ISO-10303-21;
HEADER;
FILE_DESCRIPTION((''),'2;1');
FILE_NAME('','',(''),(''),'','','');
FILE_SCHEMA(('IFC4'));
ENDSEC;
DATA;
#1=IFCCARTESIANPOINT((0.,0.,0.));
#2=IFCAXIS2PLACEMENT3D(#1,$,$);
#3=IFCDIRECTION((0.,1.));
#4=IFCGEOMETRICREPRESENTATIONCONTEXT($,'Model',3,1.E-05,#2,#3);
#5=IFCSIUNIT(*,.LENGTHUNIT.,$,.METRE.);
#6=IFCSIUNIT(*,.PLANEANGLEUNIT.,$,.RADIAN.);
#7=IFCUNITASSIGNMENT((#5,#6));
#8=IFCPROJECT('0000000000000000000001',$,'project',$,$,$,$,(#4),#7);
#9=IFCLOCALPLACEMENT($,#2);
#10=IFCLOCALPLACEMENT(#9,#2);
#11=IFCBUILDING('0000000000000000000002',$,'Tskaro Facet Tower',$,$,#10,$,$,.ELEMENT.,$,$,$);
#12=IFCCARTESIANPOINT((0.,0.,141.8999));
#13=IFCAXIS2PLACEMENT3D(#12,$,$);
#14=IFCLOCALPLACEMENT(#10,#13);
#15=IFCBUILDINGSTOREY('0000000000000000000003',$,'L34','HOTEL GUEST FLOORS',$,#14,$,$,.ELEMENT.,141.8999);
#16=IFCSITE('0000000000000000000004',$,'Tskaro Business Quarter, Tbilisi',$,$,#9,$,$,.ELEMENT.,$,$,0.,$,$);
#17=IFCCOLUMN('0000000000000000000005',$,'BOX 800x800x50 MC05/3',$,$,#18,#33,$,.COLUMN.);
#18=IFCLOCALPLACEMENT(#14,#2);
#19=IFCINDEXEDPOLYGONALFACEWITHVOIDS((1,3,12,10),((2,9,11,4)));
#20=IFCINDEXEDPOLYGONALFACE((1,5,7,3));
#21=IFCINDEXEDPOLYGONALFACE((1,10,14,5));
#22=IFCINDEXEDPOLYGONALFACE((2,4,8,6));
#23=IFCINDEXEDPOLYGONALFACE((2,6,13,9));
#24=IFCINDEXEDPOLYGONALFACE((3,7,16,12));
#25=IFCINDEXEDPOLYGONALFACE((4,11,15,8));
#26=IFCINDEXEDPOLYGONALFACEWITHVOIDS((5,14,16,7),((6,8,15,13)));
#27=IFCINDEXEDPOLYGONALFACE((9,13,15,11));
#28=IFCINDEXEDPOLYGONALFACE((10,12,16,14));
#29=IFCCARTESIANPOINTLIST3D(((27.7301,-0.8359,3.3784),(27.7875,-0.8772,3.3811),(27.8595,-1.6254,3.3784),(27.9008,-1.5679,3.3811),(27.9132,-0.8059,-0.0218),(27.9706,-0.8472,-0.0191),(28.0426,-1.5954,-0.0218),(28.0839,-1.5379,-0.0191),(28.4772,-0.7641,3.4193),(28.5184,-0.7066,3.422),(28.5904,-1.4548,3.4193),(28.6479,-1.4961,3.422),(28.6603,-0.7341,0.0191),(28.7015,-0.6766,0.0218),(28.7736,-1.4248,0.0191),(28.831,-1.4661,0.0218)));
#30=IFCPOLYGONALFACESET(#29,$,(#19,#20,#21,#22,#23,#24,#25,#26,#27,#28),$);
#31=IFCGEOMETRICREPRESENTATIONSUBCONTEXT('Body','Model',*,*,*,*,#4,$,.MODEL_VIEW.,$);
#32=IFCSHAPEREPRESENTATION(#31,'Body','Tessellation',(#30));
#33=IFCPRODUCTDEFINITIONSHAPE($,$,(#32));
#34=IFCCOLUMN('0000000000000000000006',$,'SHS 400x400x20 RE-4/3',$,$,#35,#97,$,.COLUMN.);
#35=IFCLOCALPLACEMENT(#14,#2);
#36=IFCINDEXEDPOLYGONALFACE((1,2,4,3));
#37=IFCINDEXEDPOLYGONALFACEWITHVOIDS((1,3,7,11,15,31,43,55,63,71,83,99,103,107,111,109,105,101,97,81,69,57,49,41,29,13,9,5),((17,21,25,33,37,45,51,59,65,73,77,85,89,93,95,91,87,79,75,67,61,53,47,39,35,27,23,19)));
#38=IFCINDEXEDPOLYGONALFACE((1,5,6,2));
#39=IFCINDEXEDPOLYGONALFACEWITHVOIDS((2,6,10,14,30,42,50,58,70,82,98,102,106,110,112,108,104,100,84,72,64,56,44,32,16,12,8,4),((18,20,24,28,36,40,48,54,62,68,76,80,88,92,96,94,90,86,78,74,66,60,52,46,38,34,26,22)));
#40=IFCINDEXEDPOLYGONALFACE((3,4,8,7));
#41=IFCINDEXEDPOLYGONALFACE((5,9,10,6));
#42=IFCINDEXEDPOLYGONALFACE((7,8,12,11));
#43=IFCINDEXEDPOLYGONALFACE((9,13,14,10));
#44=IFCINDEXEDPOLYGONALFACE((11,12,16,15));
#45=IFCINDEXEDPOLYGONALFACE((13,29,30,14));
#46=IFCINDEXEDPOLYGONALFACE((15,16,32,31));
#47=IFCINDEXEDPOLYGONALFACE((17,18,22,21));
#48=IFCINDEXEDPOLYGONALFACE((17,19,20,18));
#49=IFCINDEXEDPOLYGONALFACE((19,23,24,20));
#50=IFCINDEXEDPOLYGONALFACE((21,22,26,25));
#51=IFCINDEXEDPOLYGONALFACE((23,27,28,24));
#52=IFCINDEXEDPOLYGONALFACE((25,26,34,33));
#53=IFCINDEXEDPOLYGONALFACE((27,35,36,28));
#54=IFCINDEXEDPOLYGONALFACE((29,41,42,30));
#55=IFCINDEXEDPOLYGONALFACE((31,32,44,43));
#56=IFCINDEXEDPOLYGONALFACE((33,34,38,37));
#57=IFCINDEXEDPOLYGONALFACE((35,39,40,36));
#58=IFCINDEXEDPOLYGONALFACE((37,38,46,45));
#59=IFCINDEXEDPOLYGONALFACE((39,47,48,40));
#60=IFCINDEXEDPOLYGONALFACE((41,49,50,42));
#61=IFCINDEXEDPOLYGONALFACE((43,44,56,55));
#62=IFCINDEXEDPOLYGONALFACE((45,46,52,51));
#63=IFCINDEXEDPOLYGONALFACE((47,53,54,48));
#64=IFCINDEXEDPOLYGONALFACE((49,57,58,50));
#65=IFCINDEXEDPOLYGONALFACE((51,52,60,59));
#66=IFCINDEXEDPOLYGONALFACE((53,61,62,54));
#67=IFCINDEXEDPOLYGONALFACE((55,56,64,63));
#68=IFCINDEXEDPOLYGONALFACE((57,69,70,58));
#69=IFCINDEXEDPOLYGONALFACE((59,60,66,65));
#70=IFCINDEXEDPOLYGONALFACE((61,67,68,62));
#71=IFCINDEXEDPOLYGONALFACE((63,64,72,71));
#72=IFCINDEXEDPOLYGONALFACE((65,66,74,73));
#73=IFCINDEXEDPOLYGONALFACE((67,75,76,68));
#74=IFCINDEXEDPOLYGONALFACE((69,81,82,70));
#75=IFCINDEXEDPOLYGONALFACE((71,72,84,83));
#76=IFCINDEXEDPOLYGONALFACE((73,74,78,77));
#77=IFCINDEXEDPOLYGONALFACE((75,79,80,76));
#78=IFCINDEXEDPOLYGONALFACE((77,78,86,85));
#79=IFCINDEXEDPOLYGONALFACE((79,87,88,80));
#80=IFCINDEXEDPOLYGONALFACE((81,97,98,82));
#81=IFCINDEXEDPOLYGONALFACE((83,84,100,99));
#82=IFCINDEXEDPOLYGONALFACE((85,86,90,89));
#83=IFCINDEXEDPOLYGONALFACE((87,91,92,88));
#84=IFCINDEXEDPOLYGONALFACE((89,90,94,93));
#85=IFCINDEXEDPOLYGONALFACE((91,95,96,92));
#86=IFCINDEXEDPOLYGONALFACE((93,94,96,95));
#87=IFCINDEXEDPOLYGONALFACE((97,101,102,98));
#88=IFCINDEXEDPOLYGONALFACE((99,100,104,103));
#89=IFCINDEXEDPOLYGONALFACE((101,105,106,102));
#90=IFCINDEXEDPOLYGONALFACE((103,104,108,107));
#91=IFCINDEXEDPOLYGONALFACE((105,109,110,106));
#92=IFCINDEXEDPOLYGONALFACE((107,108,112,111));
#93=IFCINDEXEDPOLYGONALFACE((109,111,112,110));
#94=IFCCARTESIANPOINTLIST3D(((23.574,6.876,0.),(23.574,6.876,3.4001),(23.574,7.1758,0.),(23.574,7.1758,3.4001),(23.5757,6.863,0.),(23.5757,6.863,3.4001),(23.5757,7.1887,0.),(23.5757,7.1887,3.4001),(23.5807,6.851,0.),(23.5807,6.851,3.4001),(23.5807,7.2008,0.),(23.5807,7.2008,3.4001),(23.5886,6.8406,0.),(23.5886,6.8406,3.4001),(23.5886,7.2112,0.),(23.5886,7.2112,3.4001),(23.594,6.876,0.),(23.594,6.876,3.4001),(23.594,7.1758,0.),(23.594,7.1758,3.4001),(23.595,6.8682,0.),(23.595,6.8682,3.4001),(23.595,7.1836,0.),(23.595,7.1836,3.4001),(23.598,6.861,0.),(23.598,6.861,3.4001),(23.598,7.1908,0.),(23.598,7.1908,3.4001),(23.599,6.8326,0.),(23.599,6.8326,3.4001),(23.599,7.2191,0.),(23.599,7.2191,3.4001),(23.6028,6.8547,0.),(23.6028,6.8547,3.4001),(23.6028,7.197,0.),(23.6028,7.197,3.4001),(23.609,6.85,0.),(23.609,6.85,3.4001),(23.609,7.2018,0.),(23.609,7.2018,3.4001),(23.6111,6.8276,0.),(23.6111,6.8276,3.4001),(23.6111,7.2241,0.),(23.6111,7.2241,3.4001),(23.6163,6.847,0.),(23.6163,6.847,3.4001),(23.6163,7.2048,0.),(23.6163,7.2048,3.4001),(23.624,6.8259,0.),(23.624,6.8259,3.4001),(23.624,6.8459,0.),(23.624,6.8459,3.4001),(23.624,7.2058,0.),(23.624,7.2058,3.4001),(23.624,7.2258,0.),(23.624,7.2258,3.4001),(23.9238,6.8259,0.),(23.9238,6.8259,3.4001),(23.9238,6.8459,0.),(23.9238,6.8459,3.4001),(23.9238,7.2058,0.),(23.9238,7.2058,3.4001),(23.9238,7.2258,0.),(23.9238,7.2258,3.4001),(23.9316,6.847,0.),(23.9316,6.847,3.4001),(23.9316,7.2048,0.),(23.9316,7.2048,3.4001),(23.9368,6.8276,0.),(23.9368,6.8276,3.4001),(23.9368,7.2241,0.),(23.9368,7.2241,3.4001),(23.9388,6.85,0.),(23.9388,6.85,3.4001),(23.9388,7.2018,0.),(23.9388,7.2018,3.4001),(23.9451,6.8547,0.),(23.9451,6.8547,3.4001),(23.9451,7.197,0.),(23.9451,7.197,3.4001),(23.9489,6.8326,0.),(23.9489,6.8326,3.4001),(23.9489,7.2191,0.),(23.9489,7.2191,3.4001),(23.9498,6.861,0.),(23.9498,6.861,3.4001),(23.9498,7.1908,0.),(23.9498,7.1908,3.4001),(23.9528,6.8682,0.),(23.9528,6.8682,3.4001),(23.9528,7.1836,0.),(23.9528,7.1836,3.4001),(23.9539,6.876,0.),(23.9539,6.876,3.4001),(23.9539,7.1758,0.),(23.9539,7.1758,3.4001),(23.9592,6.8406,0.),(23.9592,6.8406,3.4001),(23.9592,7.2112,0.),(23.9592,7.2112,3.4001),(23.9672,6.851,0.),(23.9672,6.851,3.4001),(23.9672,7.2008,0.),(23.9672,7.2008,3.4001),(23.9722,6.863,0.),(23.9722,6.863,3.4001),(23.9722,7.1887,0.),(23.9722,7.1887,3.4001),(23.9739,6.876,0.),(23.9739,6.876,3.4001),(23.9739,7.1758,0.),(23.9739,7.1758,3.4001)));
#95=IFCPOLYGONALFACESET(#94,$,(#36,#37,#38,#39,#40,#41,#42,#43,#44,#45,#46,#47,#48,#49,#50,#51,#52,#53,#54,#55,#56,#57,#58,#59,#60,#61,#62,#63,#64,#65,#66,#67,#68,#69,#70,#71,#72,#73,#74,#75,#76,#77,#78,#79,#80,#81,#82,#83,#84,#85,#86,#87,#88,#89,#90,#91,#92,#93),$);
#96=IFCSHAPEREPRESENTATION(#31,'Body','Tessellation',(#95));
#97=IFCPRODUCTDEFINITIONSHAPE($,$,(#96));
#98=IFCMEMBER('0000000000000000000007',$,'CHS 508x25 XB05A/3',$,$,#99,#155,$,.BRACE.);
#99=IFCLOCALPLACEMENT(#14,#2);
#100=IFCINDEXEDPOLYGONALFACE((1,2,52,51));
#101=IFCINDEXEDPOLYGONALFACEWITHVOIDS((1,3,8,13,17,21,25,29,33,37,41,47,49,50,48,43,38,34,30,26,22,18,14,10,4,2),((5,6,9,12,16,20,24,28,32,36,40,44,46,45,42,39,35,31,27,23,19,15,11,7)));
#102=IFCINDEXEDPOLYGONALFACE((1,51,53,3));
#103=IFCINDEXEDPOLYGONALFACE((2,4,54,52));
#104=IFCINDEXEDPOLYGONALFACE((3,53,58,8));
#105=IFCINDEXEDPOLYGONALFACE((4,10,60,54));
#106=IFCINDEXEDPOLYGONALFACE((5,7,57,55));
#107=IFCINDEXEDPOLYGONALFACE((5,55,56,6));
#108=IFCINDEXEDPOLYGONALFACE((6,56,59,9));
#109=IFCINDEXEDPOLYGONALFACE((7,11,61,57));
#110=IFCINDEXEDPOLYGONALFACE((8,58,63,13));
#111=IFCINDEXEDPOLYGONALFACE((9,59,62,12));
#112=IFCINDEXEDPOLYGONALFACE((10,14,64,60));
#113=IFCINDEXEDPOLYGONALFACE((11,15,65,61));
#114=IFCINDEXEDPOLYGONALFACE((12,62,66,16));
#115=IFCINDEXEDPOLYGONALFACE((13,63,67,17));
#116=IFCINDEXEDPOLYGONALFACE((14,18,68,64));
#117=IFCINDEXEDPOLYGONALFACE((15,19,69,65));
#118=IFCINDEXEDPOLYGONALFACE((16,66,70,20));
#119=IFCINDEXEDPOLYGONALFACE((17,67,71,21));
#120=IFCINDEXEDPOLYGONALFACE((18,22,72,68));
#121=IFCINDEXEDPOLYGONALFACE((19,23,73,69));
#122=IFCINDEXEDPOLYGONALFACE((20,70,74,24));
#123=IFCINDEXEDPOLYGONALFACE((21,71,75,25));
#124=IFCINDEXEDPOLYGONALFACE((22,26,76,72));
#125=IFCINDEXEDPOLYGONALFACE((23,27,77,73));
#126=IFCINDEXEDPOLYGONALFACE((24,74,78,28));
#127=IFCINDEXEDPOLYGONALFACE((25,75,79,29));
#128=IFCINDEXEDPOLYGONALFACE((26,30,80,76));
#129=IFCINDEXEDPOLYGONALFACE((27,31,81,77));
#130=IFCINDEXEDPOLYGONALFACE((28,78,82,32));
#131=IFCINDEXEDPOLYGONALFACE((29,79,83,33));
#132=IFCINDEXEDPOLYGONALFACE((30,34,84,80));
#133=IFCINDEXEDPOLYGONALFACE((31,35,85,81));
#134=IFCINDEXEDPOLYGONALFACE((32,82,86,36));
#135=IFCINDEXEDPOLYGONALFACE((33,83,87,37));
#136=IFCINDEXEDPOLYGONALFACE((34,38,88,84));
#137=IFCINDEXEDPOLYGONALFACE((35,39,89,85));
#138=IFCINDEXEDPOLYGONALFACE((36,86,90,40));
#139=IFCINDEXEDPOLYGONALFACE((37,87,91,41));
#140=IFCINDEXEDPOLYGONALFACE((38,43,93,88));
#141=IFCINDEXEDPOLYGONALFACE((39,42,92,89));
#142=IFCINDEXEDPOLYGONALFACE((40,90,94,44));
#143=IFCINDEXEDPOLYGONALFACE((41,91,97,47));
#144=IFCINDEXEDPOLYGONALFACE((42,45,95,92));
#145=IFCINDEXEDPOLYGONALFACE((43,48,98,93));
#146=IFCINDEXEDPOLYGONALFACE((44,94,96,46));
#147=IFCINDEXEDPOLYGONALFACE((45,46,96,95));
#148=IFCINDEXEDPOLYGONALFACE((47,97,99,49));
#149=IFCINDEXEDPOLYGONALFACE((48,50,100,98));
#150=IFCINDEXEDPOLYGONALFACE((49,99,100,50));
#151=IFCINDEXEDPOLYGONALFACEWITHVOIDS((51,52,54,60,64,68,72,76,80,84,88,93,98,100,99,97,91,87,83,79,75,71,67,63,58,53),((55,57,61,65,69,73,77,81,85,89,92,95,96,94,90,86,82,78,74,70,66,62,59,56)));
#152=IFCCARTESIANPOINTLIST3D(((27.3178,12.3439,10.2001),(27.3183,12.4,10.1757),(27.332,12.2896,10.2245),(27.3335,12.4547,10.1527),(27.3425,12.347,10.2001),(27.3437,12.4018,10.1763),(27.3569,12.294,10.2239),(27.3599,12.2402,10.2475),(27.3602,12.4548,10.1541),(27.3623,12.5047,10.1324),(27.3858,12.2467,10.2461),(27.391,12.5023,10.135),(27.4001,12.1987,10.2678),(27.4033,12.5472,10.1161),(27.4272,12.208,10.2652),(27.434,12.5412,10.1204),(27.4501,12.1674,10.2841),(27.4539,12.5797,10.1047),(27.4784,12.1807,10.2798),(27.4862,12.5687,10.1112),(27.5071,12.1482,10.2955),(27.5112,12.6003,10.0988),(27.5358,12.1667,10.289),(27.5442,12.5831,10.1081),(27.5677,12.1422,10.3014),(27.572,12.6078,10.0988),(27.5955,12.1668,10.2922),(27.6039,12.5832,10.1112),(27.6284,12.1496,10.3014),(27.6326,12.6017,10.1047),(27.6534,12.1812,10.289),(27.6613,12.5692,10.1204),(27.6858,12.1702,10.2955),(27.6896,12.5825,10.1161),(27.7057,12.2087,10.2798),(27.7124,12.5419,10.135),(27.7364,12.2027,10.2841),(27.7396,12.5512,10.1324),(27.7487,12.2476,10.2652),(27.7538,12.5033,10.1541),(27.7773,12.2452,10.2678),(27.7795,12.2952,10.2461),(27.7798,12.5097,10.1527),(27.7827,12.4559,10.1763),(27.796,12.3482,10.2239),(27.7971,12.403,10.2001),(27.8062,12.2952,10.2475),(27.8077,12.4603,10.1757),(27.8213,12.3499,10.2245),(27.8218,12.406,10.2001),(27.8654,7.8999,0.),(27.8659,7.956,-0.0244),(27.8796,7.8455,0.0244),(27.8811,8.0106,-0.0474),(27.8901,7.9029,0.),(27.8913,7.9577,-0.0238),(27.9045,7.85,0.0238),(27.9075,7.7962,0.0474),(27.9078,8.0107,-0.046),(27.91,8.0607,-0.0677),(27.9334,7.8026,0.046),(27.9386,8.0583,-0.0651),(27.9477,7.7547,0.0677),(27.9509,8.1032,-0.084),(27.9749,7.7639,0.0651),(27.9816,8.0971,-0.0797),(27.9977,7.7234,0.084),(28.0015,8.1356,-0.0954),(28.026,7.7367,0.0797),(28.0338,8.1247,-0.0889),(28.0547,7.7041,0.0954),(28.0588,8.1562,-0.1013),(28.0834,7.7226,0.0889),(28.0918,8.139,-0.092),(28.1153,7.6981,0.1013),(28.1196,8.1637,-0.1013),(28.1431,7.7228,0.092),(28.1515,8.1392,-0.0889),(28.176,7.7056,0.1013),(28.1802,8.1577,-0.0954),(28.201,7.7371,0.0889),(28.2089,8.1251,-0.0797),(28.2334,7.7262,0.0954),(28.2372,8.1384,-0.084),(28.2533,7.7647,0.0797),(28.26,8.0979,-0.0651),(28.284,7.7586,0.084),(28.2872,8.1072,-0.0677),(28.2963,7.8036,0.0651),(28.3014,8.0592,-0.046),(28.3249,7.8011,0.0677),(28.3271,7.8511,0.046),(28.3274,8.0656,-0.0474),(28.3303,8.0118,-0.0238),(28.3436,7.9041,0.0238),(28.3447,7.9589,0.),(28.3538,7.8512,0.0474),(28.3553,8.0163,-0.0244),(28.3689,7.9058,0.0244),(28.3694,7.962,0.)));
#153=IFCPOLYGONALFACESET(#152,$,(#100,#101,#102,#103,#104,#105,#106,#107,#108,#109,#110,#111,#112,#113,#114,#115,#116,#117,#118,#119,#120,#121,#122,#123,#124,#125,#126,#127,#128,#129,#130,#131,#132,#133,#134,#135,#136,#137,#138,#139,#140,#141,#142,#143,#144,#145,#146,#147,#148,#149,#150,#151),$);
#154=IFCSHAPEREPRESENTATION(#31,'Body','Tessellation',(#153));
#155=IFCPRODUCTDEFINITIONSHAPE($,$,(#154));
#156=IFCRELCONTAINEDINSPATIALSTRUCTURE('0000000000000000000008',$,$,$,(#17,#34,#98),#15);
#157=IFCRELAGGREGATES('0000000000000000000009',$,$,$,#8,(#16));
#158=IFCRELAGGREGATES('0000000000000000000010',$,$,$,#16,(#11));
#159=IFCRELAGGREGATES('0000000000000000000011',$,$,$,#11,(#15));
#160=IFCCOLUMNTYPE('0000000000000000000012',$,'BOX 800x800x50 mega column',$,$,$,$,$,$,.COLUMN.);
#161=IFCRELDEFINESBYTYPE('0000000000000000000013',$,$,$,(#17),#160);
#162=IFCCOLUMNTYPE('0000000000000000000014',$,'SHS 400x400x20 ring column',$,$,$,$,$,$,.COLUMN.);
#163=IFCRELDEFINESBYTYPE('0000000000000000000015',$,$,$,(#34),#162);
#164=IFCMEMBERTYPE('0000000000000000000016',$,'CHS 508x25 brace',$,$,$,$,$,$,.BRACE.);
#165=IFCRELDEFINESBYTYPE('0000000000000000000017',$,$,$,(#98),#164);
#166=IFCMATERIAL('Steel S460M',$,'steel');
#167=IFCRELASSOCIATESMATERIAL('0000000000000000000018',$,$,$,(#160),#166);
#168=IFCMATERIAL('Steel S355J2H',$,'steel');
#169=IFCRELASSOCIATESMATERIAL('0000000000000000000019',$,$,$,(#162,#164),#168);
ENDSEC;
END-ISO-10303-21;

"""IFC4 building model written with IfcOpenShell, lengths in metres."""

from ifc_helpers import new_model, si_unit, direction, frame, origin, origin_2d, place, context, subcontext, project, spatial, hollow_rectangle, hollow_circle, extrude, material, material_profile, profile_set, type_object, element, save


model = new_model("IFC4")

# Units and contexts
model_context = context("Model", 3, precision=1e-05, world=origin(), true_north=direction((0.0, 1.0)))
body_context = subcontext(model_context, "Body", "Model", "MODEL_VIEW")
ifc_project = project(units=[si_unit("LENGTHUNIT", "METRE"), si_unit("PLANEANGLEUNIT", "RADIAN")], contexts=[model_context])

# Site, building, storey
site_placement = place(None, origin())
site = spatial("IfcSite", under=ifc_project, at=site_placement, Name="Tskaro Business Quarter, Tbilisi", CompositionType="ELEMENT", RefElevation=0.0)
building_placement = place(site_placement, origin())
building = spatial("IfcBuilding", under=site, at=building_placement, Name="Tskaro Facet Tower", CompositionType="ELEMENT")
storey_placement = place(building_placement, frame((0.0, 0.0, 141.8999)))
storey = spatial("IfcBuildingStorey", under=building, at=storey_placement, Name="L34", Description="HOTEL GUEST FLOORS", CompositionType="ELEMENT", Elevation=141.8999)

# Columns
ifc_material_1 = material(Name="Steel S460M", Category="steel")
ifc_material_profile_1 = material_profile(ifc_material_1, hollow_rectangle(XDim=0.8, YDim=0.8, WallThickness=0.05, at=origin_2d()), Name="BOX 800x800x50")
ifc_profile_set_1 = profile_set([ifc_material_profile_1], Name="Steel S460M")
column_type_1 = type_object("IfcColumnType", Name="BOX 800x800x50 mega column", PredefinedType="COLUMN", material=ifc_profile_set_1)
column_1_placement = place(storey_placement, frame((28.3721, -1.136, 0.0), z_axis=(-0.053772, -0.008819, 0.998514), x_axis=(0.161838, -0.986817, 0.0)))
element("IfcColumn", 1, at=column_1_placement, inside=storey, type_object=column_type_1, Name="BOX 800x800x50 MC05/3", PredefinedType="COLUMN", context=body_context, shape_type="SweptSolid", body=[
    extrude(hollow_rectangle(XDim=0.8, YDim=0.8, WallThickness=0.05, at=origin_2d()), origin(), (0.0, 0.0, 1.0), 3.4053),
])
ifc_material_2 = material(Name="Steel S355J2H", Category="steel")
ifc_material_profile_2 = material_profile(ifc_material_2, hollow_rectangle(XDim=0.3999, YDim=0.3999, WallThickness=0.02, InnerFilletRadius=0.03, OuterFilletRadius=0.05, at=origin_2d()), Name="SHS 400x400x20")
ifc_profile_set_2 = profile_set([ifc_material_profile_2], Name="Steel S355J2H")
column_type_2 = type_object("IfcColumnType", Name="SHS 400x400x20 ring column", PredefinedType="COLUMN", material=ifc_profile_set_2)
column_2_placement = place(storey_placement, frame((23.7739, 7.0259, 0.0), z_axis=(0.0, 0.0, 1.0), x_axis=(1.0, 0.0, 0.0)))
element("IfcColumn", 2, at=column_2_placement, inside=storey, type_object=column_type_2, Name="SHS 400x400x20 RE-4/3", PredefinedType="COLUMN", context=body_context, shape_type="SweptSolid", body=[
    extrude(hollow_rectangle(XDim=0.3999, YDim=0.3999, WallThickness=0.02, InnerFilletRadius=0.03, OuterFilletRadius=0.05, at=origin_2d()), origin(), (0.0, 0.0, 1.0), 3.4001),
])

# Member
ifc_material_profile_3 = material_profile(ifc_material_2, hollow_circle(Radius=0.2539, WallThickness=0.0249, at=origin_2d()), Name="CHS 508x25")
ifc_profile_set_3 = profile_set([ifc_material_profile_3], Name="Steel S355J2H")
member_type_1 = type_object("IfcMemberType", Name="CHS 508x25 brace", PredefinedType="BRACE", material=ifc_profile_set_3)
member_1_placement = place(storey_placement, frame((28.1174, 7.9309, 0.0), z_axis=(-0.049158, 0.39894, 0.915658), x_axis=(-0.992494, -0.122296, 0.0)))
element("IfcMember", 3, at=member_1_placement, inside=storey, type_object=member_type_1, Name="CHS 508x25 XB05A/3", PredefinedType="BRACE", context=body_context, shape_type="SweptSolid", body=[
    extrude(hollow_circle(Radius=0.2539, WallThickness=0.0249, at=origin_2d()), origin(), (0.0, 0.0, 1.0), 11.1396),
])

save(model, "model.ifc")
